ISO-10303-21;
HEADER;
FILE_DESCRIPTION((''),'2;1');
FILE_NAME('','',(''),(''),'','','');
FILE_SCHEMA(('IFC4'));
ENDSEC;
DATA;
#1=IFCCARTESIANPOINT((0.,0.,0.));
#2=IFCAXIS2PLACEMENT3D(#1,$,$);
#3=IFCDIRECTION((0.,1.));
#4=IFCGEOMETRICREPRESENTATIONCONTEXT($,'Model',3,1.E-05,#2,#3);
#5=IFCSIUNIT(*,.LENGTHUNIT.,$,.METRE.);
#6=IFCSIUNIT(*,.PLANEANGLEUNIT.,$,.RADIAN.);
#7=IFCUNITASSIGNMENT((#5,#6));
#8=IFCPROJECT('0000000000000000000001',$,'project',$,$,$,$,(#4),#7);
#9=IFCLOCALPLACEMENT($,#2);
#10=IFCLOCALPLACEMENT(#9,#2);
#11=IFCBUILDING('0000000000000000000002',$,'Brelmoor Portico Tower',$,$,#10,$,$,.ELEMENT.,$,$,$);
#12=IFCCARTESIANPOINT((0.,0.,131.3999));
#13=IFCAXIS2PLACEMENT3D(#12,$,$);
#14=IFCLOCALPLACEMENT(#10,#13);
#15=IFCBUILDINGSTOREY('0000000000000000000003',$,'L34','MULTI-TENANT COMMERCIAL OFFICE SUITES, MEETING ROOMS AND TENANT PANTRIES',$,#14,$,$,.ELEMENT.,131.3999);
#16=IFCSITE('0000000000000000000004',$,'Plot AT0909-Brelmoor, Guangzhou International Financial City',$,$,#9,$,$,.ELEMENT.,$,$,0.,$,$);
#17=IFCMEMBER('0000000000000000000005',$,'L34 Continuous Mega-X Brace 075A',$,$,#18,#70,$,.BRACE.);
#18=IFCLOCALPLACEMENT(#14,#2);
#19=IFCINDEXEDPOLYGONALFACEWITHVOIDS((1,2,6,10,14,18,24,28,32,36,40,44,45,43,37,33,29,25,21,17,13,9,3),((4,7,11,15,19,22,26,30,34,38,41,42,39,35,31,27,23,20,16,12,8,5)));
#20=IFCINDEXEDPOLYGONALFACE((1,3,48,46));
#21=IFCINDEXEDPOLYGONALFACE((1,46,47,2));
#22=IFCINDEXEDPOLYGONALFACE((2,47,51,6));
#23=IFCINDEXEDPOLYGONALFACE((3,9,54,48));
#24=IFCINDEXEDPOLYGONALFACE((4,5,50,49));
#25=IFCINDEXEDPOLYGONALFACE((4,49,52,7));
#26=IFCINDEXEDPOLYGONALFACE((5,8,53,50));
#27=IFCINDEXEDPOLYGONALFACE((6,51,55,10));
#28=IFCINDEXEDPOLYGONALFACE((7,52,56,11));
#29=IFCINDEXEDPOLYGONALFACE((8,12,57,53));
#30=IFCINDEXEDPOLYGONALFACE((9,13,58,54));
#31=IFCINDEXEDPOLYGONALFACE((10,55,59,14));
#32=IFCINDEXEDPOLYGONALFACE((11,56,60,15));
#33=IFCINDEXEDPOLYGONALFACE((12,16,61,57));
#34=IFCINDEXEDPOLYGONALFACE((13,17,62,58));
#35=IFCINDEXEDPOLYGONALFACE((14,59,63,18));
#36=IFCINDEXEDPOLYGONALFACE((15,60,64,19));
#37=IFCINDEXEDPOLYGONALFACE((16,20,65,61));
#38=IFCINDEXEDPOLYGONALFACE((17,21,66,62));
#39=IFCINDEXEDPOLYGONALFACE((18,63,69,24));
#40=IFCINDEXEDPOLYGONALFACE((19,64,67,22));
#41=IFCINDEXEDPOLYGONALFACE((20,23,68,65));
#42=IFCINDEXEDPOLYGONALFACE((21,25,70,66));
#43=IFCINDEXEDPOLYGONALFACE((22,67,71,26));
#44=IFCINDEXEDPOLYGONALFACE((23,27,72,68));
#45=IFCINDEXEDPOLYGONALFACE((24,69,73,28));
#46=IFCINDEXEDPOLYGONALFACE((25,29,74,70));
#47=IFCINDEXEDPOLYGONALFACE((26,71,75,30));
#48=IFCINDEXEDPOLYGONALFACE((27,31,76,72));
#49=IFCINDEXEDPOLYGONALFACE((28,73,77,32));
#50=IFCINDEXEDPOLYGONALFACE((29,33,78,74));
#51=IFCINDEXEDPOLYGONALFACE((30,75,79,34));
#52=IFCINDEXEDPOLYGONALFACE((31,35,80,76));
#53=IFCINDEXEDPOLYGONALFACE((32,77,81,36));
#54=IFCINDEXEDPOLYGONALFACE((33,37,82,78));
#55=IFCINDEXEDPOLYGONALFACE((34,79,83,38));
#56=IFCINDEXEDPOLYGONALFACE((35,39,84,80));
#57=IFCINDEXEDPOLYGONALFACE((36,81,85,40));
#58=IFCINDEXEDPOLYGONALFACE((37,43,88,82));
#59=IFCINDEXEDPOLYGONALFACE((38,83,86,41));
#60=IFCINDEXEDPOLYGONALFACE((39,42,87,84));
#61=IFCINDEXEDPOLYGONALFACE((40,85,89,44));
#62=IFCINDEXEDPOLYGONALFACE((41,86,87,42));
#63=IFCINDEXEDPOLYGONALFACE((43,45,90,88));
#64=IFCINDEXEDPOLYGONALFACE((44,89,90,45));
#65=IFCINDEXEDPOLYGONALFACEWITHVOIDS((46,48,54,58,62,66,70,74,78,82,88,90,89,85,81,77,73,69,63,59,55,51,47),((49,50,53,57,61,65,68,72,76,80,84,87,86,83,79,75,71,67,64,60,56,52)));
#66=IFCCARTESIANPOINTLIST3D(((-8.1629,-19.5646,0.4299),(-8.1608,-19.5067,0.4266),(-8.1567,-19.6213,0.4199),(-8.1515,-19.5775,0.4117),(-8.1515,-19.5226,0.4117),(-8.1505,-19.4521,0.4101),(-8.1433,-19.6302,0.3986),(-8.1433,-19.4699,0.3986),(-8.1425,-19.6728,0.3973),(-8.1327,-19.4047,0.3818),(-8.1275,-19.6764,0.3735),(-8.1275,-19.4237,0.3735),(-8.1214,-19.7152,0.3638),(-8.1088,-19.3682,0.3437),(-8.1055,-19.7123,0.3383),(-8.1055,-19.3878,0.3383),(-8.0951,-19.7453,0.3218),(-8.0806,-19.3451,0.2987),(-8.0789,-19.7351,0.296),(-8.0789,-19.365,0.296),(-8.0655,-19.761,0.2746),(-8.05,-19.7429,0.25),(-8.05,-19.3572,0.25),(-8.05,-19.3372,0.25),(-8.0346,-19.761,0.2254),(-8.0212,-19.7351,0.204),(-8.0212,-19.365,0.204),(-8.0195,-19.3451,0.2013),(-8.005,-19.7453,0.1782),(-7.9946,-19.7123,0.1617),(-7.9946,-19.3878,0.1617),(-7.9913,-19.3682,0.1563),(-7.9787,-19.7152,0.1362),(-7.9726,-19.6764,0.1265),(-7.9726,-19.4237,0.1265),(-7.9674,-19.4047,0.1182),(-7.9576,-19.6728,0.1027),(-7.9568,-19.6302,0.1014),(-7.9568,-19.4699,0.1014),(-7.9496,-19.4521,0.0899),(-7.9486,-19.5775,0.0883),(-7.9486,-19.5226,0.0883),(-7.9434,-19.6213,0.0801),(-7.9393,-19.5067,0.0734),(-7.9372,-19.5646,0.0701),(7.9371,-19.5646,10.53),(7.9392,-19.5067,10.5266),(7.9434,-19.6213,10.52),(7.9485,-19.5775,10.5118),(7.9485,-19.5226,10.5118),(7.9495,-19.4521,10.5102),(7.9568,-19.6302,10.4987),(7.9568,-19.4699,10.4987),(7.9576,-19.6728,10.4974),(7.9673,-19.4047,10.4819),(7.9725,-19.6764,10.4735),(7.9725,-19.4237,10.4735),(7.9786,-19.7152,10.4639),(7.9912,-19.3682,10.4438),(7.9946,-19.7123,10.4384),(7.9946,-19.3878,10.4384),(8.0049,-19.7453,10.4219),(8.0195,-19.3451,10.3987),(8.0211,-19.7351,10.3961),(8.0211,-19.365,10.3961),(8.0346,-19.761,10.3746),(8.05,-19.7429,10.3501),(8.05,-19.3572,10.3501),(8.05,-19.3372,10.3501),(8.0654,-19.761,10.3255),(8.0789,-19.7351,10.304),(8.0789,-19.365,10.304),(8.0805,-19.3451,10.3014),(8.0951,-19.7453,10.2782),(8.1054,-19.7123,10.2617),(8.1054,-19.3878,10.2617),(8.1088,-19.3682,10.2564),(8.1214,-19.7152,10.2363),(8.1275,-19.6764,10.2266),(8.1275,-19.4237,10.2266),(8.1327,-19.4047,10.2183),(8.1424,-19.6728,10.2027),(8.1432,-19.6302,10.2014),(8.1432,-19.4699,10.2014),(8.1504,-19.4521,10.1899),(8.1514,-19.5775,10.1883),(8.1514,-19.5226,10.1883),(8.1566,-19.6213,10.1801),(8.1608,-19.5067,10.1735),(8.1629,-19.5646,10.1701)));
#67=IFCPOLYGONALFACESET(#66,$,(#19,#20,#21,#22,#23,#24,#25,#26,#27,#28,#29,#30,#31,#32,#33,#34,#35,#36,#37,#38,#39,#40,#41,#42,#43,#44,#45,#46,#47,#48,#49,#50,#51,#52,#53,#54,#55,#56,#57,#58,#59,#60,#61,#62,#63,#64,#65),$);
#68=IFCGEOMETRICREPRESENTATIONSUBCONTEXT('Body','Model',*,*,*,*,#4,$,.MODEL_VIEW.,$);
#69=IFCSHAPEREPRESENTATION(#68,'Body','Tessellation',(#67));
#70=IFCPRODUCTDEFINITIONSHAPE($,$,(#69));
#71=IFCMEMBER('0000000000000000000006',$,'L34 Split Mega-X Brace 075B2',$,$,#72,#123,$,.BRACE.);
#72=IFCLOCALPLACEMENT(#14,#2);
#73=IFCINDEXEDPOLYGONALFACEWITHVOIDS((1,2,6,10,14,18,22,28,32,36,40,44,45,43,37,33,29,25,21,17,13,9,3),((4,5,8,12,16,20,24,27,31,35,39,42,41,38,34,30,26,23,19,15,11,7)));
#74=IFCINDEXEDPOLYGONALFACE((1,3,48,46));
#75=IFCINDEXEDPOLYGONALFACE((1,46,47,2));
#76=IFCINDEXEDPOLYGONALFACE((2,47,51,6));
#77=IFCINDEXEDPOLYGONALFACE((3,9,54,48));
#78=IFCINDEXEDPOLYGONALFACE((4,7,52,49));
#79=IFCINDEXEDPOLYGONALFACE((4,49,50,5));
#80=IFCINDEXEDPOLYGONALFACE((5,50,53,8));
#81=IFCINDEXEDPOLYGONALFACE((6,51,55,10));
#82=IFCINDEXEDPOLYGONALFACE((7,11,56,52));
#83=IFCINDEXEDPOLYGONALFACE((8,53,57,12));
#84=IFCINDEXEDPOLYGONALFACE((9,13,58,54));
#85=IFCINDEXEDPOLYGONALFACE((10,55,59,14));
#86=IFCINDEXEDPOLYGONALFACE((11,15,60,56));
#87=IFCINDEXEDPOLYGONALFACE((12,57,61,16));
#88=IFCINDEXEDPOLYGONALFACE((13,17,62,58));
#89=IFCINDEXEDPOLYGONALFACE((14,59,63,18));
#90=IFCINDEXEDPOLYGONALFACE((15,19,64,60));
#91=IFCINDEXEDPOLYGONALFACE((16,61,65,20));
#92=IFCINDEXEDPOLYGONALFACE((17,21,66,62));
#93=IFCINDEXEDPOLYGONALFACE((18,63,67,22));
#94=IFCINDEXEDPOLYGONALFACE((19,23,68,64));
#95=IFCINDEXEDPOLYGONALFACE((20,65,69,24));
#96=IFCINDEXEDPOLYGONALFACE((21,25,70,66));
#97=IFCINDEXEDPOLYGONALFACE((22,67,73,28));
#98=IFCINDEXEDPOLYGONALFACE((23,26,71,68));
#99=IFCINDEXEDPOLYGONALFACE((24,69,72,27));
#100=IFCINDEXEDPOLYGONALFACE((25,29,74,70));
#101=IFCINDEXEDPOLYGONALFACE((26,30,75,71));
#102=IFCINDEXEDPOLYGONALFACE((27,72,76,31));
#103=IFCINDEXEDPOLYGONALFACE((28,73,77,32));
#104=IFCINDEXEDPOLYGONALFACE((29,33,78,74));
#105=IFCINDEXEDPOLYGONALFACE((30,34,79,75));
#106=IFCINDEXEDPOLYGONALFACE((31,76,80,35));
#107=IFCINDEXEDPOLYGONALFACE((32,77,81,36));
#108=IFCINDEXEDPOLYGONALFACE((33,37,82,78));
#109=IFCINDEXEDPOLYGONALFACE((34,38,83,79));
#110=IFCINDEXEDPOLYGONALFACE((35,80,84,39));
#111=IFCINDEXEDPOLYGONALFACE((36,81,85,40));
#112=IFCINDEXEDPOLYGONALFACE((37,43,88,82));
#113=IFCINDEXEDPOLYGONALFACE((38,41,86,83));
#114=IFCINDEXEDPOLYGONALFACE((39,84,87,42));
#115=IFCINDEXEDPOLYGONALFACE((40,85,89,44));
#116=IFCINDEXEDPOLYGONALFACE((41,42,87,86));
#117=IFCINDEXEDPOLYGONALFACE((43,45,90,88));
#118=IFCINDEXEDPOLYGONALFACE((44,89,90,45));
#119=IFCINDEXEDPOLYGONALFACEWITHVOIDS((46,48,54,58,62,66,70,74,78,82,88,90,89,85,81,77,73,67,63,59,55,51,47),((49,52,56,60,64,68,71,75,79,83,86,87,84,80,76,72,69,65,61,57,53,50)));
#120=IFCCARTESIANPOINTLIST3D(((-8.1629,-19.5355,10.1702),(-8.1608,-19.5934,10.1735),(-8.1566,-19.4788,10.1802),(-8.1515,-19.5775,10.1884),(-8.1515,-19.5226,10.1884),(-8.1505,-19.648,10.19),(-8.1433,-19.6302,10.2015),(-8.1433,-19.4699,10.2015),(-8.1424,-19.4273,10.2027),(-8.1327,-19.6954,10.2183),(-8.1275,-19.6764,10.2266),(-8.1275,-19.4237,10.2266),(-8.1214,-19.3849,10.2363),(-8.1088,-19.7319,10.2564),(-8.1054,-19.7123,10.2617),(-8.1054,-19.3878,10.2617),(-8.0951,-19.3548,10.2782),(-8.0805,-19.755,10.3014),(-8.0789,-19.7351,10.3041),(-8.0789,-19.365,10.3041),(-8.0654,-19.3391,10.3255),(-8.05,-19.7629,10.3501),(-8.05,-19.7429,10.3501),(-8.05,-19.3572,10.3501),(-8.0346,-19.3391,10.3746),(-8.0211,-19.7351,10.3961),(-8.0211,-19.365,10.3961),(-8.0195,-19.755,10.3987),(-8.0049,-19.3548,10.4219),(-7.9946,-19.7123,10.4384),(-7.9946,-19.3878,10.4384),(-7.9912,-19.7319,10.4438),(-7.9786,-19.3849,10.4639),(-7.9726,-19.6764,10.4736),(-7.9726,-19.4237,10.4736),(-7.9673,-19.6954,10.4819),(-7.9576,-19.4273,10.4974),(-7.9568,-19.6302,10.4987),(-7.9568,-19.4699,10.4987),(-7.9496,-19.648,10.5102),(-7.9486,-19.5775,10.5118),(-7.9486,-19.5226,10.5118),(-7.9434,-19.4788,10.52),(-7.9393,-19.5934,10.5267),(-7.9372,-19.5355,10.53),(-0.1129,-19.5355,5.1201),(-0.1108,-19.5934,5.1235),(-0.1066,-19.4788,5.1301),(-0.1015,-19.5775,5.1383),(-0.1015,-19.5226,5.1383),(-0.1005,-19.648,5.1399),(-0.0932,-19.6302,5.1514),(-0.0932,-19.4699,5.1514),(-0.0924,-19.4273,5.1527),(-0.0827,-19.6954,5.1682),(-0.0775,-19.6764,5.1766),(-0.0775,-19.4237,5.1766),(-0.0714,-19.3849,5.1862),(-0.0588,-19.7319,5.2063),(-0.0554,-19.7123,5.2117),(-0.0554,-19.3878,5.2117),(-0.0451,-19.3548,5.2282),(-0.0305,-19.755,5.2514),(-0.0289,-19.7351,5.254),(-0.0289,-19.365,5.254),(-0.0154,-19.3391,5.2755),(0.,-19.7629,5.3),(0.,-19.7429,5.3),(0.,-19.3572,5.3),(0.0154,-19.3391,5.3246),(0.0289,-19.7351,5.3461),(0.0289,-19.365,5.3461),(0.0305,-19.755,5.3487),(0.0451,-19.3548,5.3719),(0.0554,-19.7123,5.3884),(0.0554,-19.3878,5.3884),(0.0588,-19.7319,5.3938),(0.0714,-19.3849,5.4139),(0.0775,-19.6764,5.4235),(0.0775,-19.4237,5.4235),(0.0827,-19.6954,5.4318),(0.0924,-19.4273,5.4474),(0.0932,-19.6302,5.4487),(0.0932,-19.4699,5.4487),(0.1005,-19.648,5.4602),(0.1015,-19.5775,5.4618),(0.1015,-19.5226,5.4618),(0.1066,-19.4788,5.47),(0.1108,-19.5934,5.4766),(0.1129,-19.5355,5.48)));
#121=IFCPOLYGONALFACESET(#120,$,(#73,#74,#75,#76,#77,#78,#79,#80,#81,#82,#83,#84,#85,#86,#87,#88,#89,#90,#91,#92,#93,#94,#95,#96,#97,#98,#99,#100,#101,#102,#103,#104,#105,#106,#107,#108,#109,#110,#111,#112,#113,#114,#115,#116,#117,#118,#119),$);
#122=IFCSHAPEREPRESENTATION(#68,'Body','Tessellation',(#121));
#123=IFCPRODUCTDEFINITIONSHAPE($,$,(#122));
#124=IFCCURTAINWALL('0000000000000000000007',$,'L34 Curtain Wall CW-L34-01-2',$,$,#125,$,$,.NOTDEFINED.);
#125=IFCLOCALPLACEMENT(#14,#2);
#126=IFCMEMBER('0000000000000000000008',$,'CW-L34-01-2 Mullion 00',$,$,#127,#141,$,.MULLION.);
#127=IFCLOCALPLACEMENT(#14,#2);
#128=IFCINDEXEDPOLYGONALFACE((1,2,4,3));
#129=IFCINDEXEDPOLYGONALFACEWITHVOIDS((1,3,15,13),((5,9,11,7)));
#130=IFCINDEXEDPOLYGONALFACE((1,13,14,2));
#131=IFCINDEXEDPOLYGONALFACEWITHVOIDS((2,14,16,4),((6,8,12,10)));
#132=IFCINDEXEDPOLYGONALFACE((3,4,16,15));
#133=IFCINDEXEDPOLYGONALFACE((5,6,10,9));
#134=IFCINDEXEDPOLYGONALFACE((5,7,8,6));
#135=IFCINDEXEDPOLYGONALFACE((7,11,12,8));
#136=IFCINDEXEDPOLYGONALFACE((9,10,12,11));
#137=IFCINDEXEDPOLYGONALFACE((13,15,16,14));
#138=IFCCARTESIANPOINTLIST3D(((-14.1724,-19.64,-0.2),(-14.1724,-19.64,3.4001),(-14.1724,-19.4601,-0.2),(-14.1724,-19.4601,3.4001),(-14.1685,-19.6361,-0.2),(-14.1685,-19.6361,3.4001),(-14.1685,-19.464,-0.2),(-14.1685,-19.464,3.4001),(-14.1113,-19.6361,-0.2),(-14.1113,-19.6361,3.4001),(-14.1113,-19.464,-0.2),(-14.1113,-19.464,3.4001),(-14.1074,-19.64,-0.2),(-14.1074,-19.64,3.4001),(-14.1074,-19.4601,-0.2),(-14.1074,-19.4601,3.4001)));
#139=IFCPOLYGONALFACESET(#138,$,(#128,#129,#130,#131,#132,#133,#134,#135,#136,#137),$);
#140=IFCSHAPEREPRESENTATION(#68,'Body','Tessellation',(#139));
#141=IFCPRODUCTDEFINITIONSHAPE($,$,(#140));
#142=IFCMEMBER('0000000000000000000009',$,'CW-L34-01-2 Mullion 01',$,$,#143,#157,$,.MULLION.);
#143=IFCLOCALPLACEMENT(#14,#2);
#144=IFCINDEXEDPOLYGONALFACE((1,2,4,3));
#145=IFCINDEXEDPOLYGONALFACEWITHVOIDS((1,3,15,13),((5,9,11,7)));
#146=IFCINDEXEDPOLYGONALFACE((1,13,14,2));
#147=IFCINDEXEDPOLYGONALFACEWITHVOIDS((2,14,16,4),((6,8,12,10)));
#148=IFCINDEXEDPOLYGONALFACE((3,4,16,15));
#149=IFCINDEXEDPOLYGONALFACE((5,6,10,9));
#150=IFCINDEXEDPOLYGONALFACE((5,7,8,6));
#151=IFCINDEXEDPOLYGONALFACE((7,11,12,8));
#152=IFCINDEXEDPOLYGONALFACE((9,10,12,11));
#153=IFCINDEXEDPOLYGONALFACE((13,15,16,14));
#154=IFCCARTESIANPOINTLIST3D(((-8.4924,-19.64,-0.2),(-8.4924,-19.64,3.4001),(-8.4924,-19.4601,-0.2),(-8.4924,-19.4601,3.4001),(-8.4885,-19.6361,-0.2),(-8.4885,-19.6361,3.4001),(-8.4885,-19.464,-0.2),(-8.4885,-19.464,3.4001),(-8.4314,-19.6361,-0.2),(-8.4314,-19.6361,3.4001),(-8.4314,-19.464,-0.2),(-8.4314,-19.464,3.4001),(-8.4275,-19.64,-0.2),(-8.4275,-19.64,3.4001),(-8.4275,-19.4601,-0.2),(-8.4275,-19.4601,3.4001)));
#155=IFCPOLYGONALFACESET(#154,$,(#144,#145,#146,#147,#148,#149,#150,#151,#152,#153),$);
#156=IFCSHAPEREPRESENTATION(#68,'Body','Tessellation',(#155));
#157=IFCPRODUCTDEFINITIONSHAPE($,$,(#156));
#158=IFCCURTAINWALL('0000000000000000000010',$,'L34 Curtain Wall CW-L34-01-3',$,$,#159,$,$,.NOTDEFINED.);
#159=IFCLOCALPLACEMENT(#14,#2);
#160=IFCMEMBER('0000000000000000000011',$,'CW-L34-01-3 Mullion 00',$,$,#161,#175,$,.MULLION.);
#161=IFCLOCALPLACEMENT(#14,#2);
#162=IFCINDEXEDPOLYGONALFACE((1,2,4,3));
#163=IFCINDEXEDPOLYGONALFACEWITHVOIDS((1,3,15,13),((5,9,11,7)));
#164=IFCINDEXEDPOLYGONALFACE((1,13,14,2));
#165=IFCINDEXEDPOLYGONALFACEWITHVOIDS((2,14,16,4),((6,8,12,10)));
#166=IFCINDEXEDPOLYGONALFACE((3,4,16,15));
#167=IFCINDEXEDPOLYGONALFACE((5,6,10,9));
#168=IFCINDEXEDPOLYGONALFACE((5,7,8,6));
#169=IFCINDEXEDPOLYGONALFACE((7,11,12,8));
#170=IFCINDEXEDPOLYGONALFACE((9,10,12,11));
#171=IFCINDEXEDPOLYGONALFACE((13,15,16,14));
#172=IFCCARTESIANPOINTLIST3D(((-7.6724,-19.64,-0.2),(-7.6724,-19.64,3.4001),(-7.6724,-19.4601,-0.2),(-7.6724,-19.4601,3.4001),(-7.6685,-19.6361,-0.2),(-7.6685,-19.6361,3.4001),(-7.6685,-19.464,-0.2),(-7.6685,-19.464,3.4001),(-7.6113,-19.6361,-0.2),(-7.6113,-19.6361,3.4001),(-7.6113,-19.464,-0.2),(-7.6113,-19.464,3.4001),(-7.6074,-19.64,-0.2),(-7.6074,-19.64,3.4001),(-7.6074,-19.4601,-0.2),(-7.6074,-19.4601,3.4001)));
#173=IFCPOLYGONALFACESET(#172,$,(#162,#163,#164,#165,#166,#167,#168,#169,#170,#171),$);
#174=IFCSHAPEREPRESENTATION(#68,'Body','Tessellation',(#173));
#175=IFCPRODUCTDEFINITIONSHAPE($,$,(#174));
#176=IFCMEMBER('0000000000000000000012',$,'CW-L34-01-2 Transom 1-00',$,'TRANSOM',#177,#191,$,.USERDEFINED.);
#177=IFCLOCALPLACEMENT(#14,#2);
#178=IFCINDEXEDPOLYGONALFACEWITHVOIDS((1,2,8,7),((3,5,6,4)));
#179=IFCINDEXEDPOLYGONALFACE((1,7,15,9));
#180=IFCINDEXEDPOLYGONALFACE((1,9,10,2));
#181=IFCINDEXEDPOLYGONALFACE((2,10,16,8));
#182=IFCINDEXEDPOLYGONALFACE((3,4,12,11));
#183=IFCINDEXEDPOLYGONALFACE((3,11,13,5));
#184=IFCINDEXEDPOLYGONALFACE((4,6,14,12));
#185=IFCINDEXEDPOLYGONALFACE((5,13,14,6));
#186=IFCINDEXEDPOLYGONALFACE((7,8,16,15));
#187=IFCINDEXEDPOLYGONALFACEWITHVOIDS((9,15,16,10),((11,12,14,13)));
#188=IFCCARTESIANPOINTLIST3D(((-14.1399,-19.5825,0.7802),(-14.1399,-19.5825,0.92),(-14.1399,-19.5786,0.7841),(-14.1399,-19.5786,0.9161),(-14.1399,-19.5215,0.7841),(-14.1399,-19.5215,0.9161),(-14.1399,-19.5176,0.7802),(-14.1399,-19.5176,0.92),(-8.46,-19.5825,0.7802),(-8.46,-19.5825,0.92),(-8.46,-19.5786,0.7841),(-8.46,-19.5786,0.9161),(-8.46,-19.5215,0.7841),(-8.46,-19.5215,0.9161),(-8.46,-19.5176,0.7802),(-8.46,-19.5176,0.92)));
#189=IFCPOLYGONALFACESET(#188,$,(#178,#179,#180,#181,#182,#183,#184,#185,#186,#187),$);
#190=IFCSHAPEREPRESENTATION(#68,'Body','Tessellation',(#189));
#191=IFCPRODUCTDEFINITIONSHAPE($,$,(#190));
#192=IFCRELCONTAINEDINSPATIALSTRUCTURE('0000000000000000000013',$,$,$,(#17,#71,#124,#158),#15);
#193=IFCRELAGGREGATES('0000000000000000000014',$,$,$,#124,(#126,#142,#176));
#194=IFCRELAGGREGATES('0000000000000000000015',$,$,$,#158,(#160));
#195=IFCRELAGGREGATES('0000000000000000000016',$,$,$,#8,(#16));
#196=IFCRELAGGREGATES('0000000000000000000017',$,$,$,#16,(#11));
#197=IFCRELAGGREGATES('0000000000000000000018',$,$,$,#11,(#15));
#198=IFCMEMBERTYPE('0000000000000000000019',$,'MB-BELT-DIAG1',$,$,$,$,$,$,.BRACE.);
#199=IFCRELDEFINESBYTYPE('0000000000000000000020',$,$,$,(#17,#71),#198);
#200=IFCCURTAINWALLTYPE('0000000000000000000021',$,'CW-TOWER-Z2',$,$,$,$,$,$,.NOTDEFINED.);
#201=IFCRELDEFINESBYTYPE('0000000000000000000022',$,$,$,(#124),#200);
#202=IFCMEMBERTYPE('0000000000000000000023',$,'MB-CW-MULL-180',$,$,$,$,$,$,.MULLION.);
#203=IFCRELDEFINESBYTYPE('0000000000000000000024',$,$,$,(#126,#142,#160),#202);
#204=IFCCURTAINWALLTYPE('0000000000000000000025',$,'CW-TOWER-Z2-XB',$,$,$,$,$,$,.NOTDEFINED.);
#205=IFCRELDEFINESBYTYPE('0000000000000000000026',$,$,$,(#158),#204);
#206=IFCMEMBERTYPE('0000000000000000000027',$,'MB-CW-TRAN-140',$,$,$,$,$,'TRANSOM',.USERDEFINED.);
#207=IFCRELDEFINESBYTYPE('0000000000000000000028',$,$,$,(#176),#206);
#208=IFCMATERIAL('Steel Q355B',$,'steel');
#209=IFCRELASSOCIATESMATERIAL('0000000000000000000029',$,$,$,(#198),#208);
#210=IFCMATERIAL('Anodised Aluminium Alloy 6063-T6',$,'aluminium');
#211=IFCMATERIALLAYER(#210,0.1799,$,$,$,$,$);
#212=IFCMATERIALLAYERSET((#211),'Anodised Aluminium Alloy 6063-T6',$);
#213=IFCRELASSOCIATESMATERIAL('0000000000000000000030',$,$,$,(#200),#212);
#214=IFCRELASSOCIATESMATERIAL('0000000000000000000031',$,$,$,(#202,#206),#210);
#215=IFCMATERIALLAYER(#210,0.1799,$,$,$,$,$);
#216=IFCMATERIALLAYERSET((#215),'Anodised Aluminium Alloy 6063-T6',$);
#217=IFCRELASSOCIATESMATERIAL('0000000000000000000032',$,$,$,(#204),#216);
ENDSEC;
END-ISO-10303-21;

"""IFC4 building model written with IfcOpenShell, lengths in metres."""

from ifc_helpers import new_model, si_unit, direction, frame, origin, origin_2d, place, context, subcontext, project, spatial, hollow_rectangle, hollow_circle, extrude, material, layer, layer_set, material_profile, profile_set, type_object, element, aggregate, save


model = new_model("IFC4")

# Units and contexts
model_context = context("Model", 3, precision=1e-05, world=origin(), true_north=direction((0.0, 1.0)))
body_context = subcontext(model_context, "Body", "Model", "MODEL_VIEW")
ifc_project = project(units=[si_unit("LENGTHUNIT", "METRE"), si_unit("PLANEANGLEUNIT", "RADIAN")], contexts=[model_context])

# Site, building, storey
site_placement = place(None, origin())
site = spatial("IfcSite", under=ifc_project, at=site_placement, Name="Plot AT0909-Brelmoor, Guangzhou International Financial City", CompositionType="ELEMENT", RefElevation=0.0)
building_placement = place(site_placement, origin())
building = spatial("IfcBuilding", under=site, at=building_placement, Name="Brelmoor Portico Tower", CompositionType="ELEMENT")
storey_placement = place(building_placement, frame((0.0, 0.0, 131.3999)))
storey = spatial("IfcBuildingStorey", under=building, at=storey_placement, Name="L34", Description="MULTI-TENANT COMMERCIAL OFFICE SUITES, MEETING ROOMS AND TENANT PANTRIES", CompositionType="ELEMENT", Elevation=131.3999)

# Shared definitions
ifc_material_1 = material(Name="Steel Q355B", Category="steel")

# Members
ifc_material_profile_1 = material_profile(ifc_material_1, hollow_circle(Radius=0.2129, WallThickness=0.02, at=origin_2d()), Name="CHS 426x20")
ifc_profile_set_1 = profile_set([ifc_material_profile_1], Name="Steel Q355B")
member_type_1 = type_object("IfcMemberType", Name="MB-BELT-DIAG1", PredefinedType="BRACE", material=ifc_profile_set_1)
member_1_placement = place(storey_placement, frame((-8.05, -19.55, 0.25), z_axis=(0.847109, 0.0, 0.531418), x_axis=(0.0, 1.0, 0.0)))
element("IfcMember", 1, at=member_1_placement, inside=storey, type_object=member_type_1, Name="L34 Continuous Mega-X Brace 075A", PredefinedType="BRACE", context=body_context, shape_type="SweptSolid", body=[
    extrude(hollow_circle(Radius=0.2129, WallThickness=0.02, at=origin_2d()), origin(), (0.0, 0.0, 1.0), 19.0059),
])
member_2_placement = place(storey_placement, frame((0.0, -19.55, 5.3), z_axis=(-0.847109, 0.0, 0.531418), x_axis=(0.0, -1.0, 0.0)))
element("IfcMember", 2, at=member_2_placement, inside=storey, type_object=member_type_1, Name="L34 Split Mega-X Brace 075B2", PredefinedType="BRACE", context=body_context, shape_type="SweptSolid", body=[
    extrude(hollow_circle(Radius=0.2129, WallThickness=0.02, at=origin_2d()), origin(), (0.0, 0.0, 1.0), 9.5029),
])

# Curtain wall, members
ifc_material_2 = material(Name="Anodised Aluminium Alloy 6063-T6", Category="aluminium")
ifc_layer_1 = layer(ifc_material_2, 0.1799)
ifc_layer_set_1 = layer_set([ifc_layer_1], Name="Anodised Aluminium Alloy 6063-T6")
curtain_wall_type_1 = type_object("IfcCurtainWallType", Name="CW-TOWER-Z2", PredefinedType="NOTDEFINED", material=ifc_layer_set_1)
curtain_wall_1_placement = place(storey_placement, origin())
curtain_wall_1 = element("IfcCurtainWall", 3, at=curtain_wall_1_placement, inside=storey, type_object=curtain_wall_type_1, Name="L34 Curtain Wall CW-L34-01-2", PredefinedType="NOTDEFINED")
ifc_material_profile_2 = material_profile(ifc_material_2, hollow_rectangle(XDim=0.0649, YDim=0.1799, WallThickness=0.0039, at=origin_2d()), Name="ALU MULLION 65x180")
ifc_profile_set_2 = profile_set([ifc_material_profile_2], Name="Anodised Aluminium Alloy 6063-T6")
member_type_2 = type_object("IfcMemberType", Name="MB-CW-MULL-180", PredefinedType="MULLION", material=ifc_profile_set_2)
member_3_placement = place(storey_placement, frame((-14.1399, -19.55, -0.2), z_axis=(0.0, 0.0, 1.0), x_axis=(1.0, 0.0, 0.0)))
member_3 = element("IfcMember", 4, at=member_3_placement, type_object=member_type_2, Name="CW-L34-01-2 Mullion 00", PredefinedType="MULLION", context=body_context, shape_type="SweptSolid", body=[
    extrude(hollow_rectangle(XDim=0.0649, YDim=0.1799, WallThickness=0.0039, at=origin_2d()), origin(), (0.0, 0.0, 1.0), 3.6001),
])
member_4_placement = place(storey_placement, frame((-8.46, -19.55, -0.2), z_axis=(0.0, 0.0, 1.0), x_axis=(1.0, 0.0, 0.0)))
member_4 = element("IfcMember", 5, at=member_4_placement, type_object=member_type_2, Name="CW-L34-01-2 Mullion 01", PredefinedType="MULLION", context=body_context, shape_type="SweptSolid", body=[
    extrude(hollow_rectangle(XDim=0.0649, YDim=0.1799, WallThickness=0.0039, at=origin_2d()), origin(), (0.0, 0.0, 1.0), 3.6001),
])

# Curtain wall, member
ifc_layer_2 = layer(ifc_material_2, 0.1799)
ifc_layer_set_2 = layer_set([ifc_layer_2], Name="Anodised Aluminium Alloy 6063-T6")
curtain_wall_type_2 = type_object("IfcCurtainWallType", Name="CW-TOWER-Z2-XB", PredefinedType="NOTDEFINED", material=ifc_layer_set_2)
curtain_wall_2_placement = place(storey_placement, origin())
curtain_wall_2 = element("IfcCurtainWall", 6, at=curtain_wall_2_placement, inside=storey, type_object=curtain_wall_type_2, Name="L34 Curtain Wall CW-L34-01-3", PredefinedType="NOTDEFINED")
member_5_placement = place(storey_placement, frame((-7.6399, -19.55, -0.2), z_axis=(0.0, 0.0, 1.0), x_axis=(1.0, 0.0, 0.0)))
member_5 = element("IfcMember", 7, at=member_5_placement, type_object=member_type_2, Name="CW-L34-01-3 Mullion 00", PredefinedType="MULLION", context=body_context, shape_type="SweptSolid", body=[
    extrude(hollow_rectangle(XDim=0.0649, YDim=0.1799, WallThickness=0.0039, at=origin_2d()), origin(), (0.0, 0.0, 1.0), 3.6001),
])

# Member
ifc_material_profile_3 = material_profile(ifc_material_2, hollow_rectangle(XDim=0.0649, YDim=0.1399, WallThickness=0.0039, at=origin_2d()), Name="ALU TRANSOM 65x140")
ifc_profile_set_3 = profile_set([ifc_material_profile_3], Name="Anodised Aluminium Alloy 6063-T6")
member_type_3 = type_object("IfcMemberType", Name="MB-CW-TRAN-140", ElementType="TRANSOM", PredefinedType="USERDEFINED", material=ifc_profile_set_3)
member_6_placement = place(storey_placement, frame((-14.1399, -19.55, 0.8501), z_axis=(1.0, 0.0, 0.0), x_axis=(0.0, 1.0, 0.0)))
member_6 = element("IfcMember", 8, at=member_6_placement, type_object=member_type_3, Name="CW-L34-01-2 Transom 1-00", ObjectType="TRANSOM", PredefinedType="USERDEFINED", context=body_context, shape_type="SweptSolid", body=[
    extrude(hollow_rectangle(XDim=0.0649, YDim=0.1399, WallThickness=0.0039, at=origin_2d()), origin(), (0.0, 0.0, 1.0), 5.6799),
])

aggregate(curtain_wall_1, [member_3, member_4, member_6])
aggregate(curtain_wall_2, [member_5])

save(model, "model.ifc")
